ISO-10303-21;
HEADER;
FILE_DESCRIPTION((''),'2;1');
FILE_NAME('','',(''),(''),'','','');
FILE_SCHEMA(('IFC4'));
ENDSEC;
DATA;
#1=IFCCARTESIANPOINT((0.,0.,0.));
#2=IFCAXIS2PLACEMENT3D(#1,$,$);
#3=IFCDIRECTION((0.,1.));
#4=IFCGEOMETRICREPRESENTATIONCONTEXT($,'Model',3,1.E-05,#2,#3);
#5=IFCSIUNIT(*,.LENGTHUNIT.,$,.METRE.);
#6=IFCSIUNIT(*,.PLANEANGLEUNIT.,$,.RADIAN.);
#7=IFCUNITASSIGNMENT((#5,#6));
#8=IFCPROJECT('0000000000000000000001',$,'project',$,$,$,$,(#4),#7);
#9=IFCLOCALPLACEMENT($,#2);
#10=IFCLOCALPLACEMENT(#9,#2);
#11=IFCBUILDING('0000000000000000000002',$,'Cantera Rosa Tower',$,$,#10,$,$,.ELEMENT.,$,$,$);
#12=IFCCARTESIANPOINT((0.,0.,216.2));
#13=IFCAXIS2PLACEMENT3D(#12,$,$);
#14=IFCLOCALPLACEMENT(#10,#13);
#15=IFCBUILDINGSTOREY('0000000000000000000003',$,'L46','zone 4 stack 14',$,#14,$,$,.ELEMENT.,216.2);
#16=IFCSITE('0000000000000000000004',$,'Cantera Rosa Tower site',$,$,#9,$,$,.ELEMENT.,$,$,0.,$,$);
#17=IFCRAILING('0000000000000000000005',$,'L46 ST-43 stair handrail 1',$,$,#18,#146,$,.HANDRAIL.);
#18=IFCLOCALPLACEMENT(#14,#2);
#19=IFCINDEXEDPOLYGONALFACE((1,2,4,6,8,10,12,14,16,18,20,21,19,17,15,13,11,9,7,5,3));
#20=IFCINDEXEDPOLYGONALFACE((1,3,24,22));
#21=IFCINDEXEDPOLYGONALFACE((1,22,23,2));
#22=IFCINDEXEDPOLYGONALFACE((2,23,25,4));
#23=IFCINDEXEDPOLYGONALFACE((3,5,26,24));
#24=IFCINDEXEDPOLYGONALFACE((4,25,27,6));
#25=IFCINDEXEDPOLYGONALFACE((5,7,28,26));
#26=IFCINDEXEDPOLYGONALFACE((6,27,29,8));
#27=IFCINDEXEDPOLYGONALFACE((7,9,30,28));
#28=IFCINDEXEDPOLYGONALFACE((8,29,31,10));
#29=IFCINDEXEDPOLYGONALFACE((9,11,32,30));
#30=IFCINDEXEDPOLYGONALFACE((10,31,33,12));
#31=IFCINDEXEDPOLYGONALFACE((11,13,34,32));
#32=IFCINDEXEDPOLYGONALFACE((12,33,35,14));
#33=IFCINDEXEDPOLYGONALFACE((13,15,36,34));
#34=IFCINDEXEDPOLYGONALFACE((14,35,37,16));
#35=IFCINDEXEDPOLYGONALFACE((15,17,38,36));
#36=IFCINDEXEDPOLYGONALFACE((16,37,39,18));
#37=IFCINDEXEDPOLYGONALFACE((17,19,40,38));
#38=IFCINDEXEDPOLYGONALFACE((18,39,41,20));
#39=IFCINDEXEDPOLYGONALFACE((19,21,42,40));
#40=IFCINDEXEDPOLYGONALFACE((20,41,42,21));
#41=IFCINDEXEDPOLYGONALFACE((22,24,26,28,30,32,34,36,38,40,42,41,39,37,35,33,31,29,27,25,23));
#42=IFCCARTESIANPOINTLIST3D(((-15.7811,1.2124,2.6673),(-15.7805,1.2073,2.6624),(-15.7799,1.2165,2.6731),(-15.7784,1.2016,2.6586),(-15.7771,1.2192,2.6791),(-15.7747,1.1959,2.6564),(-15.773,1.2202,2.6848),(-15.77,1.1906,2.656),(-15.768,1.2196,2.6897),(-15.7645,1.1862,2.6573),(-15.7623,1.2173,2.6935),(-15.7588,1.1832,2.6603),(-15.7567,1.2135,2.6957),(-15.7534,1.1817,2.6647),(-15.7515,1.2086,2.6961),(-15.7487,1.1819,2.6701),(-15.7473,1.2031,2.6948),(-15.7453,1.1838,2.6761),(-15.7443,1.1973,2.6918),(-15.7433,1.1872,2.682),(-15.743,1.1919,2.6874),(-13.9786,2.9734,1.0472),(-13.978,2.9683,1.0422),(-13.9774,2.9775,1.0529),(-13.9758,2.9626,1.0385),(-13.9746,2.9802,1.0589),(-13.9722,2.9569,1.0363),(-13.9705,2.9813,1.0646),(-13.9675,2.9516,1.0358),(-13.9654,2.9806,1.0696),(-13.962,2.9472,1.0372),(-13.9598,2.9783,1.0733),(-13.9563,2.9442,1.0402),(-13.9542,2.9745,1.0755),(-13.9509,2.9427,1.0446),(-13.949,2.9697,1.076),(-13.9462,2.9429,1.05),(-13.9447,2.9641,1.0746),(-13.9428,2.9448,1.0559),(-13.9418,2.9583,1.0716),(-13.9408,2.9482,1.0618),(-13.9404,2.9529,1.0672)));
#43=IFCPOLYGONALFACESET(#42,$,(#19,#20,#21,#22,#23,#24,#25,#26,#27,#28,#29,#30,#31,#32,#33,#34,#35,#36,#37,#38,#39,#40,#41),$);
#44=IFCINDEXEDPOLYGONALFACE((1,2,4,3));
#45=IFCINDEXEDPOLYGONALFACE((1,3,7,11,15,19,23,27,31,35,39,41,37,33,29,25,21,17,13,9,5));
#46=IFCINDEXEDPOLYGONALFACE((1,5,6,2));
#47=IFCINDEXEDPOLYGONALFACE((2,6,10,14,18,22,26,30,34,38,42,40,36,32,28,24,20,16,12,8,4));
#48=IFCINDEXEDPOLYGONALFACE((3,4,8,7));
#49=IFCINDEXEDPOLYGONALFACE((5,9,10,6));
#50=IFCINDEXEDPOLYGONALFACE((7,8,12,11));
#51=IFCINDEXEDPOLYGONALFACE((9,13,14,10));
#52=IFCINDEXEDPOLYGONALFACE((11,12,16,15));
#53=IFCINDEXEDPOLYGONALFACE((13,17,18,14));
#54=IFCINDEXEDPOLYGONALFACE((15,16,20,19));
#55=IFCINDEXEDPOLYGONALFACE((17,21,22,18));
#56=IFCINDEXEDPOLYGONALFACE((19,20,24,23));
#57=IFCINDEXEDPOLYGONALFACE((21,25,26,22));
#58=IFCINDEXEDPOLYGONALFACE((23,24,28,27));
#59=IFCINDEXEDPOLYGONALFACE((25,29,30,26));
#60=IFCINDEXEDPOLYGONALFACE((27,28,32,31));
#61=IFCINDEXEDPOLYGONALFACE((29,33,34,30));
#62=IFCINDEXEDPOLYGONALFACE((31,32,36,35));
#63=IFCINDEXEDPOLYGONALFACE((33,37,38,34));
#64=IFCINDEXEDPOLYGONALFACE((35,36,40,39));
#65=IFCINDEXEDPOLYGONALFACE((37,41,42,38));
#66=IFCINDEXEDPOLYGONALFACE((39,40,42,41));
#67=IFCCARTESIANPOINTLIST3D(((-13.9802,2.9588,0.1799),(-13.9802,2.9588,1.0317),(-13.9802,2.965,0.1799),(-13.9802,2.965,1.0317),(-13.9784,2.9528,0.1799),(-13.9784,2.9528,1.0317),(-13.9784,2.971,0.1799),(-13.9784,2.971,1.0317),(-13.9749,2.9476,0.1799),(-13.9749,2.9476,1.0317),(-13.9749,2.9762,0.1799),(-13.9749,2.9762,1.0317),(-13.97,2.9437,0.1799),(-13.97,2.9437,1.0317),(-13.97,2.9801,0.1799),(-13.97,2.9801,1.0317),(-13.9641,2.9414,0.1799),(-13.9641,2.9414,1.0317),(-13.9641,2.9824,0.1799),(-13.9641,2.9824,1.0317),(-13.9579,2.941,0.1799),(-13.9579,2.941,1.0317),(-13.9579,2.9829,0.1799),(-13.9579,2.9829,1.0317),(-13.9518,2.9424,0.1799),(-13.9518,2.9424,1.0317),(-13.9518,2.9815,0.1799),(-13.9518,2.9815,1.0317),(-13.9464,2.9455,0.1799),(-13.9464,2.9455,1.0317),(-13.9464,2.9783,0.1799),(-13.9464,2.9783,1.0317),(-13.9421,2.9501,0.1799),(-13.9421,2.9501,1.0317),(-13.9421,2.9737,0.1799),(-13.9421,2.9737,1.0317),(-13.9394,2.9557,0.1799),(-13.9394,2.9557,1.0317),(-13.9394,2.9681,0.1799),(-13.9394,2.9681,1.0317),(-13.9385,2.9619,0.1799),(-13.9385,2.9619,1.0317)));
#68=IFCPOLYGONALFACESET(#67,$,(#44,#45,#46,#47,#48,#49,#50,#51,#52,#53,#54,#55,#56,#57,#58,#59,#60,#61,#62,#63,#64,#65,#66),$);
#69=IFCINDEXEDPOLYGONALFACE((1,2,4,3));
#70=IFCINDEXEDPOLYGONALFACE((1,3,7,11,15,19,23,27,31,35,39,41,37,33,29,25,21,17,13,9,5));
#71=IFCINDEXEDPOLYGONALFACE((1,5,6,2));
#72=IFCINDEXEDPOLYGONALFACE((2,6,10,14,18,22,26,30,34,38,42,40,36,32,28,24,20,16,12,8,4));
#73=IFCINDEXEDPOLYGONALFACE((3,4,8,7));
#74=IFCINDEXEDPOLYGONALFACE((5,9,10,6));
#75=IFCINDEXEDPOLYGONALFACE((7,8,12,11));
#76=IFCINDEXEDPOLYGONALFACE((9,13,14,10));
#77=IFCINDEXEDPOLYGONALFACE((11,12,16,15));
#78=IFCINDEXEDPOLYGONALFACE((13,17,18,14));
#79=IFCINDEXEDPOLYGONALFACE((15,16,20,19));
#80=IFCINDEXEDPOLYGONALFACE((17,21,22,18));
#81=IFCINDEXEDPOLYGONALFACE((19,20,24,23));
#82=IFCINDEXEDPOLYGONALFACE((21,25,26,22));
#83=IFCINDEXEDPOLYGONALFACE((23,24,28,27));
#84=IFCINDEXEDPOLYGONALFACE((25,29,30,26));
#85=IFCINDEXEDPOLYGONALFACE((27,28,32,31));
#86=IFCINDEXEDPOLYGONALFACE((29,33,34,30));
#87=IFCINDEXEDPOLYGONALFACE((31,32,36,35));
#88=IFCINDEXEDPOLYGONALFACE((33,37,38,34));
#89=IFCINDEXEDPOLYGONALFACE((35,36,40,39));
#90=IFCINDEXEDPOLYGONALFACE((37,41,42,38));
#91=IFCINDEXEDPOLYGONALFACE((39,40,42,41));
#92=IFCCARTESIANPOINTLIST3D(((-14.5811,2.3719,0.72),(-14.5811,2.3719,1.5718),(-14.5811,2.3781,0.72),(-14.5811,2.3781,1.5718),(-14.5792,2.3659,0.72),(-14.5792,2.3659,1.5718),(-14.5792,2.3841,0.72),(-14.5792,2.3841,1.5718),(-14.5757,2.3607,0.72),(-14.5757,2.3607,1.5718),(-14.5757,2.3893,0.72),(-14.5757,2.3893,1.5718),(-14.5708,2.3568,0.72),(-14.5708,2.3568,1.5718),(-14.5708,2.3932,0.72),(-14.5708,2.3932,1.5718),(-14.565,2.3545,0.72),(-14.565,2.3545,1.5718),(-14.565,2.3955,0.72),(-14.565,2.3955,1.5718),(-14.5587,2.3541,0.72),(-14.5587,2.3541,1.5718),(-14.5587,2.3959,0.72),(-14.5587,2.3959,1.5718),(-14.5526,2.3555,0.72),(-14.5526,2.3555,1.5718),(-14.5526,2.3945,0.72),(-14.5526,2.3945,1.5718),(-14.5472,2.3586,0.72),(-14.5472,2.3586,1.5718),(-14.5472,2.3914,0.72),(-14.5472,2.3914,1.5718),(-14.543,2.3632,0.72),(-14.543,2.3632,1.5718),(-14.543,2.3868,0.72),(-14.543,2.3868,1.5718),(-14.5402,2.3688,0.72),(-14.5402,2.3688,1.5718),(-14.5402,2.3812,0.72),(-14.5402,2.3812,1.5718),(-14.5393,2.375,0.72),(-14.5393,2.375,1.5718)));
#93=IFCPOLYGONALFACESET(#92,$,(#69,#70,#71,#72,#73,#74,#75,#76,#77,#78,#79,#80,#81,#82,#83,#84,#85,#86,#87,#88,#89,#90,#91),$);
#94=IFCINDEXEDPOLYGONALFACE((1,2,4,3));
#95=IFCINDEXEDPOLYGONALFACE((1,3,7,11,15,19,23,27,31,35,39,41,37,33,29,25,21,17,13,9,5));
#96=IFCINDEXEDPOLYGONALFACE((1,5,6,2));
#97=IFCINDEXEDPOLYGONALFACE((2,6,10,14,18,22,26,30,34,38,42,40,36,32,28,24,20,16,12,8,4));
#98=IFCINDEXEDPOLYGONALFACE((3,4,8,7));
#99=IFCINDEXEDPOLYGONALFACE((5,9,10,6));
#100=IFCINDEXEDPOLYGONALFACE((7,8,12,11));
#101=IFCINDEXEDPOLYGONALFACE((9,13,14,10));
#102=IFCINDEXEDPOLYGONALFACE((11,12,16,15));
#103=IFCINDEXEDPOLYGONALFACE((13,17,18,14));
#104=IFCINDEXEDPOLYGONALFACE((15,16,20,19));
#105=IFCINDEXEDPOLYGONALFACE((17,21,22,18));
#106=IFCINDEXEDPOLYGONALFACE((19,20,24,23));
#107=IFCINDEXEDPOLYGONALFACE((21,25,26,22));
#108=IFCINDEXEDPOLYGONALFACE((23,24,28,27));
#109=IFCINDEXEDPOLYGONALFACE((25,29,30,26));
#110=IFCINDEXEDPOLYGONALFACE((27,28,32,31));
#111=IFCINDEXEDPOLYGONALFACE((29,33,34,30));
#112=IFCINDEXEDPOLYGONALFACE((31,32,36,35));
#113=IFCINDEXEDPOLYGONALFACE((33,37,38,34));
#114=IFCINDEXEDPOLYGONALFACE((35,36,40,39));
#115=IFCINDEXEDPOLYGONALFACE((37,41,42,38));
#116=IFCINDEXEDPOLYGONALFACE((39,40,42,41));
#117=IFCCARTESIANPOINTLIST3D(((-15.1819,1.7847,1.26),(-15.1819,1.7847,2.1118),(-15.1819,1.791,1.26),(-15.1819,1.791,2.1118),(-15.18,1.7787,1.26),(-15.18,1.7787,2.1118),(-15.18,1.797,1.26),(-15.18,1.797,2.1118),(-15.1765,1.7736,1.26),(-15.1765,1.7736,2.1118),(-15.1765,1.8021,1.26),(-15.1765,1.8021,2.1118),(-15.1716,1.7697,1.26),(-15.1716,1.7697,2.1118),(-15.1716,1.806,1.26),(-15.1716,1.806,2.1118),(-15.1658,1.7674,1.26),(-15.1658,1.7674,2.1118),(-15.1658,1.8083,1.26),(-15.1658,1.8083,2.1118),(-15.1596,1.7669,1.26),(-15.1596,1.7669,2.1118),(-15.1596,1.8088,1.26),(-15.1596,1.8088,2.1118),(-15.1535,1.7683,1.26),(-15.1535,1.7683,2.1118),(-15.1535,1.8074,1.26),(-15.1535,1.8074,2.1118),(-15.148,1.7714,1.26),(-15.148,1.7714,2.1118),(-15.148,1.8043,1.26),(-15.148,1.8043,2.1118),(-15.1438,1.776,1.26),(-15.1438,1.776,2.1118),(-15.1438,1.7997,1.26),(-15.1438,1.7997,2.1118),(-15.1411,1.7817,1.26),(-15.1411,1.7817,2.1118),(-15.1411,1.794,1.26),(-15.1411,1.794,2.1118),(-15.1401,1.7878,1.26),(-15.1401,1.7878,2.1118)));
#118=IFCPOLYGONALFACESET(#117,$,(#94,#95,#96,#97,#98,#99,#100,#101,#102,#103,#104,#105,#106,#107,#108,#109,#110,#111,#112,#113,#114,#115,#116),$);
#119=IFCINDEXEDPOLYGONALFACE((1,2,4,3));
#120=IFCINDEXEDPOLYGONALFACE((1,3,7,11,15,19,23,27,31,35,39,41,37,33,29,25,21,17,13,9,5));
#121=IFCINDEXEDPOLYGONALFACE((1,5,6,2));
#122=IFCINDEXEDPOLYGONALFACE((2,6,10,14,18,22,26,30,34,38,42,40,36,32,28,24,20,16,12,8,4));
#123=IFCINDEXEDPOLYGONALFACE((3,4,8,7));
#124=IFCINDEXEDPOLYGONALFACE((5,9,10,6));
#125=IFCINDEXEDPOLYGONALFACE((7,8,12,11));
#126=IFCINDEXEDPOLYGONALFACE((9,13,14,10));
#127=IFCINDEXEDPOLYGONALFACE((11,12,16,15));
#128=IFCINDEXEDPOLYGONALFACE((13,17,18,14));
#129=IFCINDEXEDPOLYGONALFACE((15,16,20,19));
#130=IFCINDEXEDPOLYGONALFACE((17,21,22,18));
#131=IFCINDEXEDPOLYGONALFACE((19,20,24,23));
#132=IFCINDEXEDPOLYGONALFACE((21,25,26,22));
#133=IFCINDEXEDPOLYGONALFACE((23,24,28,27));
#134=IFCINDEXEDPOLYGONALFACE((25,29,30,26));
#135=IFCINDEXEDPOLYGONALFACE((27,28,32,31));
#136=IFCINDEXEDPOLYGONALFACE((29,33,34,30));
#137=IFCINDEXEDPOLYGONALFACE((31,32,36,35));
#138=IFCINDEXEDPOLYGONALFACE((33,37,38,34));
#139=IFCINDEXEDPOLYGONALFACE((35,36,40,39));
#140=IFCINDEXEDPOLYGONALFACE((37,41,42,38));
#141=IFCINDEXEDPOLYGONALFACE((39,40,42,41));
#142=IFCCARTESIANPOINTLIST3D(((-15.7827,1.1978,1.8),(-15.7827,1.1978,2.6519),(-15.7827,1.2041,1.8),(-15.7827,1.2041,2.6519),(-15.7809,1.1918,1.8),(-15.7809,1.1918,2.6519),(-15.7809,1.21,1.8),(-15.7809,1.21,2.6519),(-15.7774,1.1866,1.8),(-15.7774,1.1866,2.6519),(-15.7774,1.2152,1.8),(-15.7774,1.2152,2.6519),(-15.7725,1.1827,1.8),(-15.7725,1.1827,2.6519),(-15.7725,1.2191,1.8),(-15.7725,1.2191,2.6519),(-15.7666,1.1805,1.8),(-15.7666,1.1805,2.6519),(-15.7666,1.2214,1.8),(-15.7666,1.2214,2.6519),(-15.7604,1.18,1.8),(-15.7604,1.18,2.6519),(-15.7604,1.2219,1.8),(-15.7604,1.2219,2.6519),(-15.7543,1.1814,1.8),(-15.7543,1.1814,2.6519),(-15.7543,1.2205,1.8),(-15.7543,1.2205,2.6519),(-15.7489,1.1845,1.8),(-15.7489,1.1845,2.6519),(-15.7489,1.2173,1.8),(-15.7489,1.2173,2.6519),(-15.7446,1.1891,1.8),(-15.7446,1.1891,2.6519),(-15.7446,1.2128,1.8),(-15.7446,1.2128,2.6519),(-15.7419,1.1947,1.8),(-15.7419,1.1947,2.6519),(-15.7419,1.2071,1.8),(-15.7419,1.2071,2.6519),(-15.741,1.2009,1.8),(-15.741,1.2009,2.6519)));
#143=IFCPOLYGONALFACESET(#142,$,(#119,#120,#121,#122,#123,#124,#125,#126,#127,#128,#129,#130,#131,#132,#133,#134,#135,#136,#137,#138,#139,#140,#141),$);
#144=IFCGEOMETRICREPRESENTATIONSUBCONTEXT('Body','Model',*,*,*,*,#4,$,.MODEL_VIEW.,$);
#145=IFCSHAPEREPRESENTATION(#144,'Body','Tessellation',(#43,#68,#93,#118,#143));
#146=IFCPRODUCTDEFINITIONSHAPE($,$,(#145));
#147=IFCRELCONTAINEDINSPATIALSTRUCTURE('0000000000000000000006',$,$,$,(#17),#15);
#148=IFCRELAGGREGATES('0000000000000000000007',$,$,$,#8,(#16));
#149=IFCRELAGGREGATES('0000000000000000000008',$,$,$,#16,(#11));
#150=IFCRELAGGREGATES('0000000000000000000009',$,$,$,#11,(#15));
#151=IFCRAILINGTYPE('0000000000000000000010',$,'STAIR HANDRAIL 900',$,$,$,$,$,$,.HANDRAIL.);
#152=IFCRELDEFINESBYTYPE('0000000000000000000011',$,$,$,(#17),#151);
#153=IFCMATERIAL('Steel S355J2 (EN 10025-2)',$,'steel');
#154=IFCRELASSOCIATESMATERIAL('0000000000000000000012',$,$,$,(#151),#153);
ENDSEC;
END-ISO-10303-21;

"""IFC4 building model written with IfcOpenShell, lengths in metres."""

from ifc_helpers import new_model, si_unit, direction, frame, origin, origin_2d, place, context, subcontext, project, spatial, circle, extrude, material, type_object, element, save


model = new_model("IFC4")

# Units and contexts
model_context = context("Model", 3, precision=1e-05, world=origin(), true_north=direction((0.0, 1.0)))
body_context = subcontext(model_context, "Body", "Model", "MODEL_VIEW")
ifc_project = project(units=[si_unit("LENGTHUNIT", "METRE"), si_unit("PLANEANGLEUNIT", "RADIAN")], contexts=[model_context])

# Site, building, storey
site_placement = place(None, origin())
site = spatial("IfcSite", under=ifc_project, at=site_placement, Name="Cantera Rosa Tower site", CompositionType="ELEMENT", RefElevation=0.0)
building_placement = place(site_placement, origin())
building = spatial("IfcBuilding", under=site, at=building_placement, Name="Cantera Rosa Tower", CompositionType="ELEMENT")
storey_placement = place(building_placement, frame((0.0, 0.0, 216.2)))
storey = spatial("IfcBuildingStorey", under=building, at=storey_placement, Name="L46", Description="zone 4 stack 14", CompositionType="ELEMENT", Elevation=216.2)

# Railing
ifc_material_1 = material(Name="Steel S355J2 (EN 10025-2)", Category="steel")
railing_type_1 = type_object("IfcRailingType", Name="STAIR HANDRAIL 900", PredefinedType="HANDRAIL", material=ifc_material_1)
railing_1_placement = place(storey_placement, frame((-13.9595, 2.9619, 0.1799)))
element("IfcRailing", 1, at=railing_1_placement, inside=storey, type_object=railing_type_1, Name="L46 ST-43 stair handrail 1", PredefinedType="HANDRAIL", context=body_context, shape_type="SweptSolid", body=[
    extrude(circle(Radius=0.0239, at=origin_2d()), frame((0.0, 0.0, 0.876), z_axis=(-0.601672, -0.587818, 0.540796), x_axis=(0.698824, -0.715294, 0.0)), (0.0, 0.0, 1.0), 2.9958),
    extrude(circle(Radius=0.021, at=origin_2d()), origin(), (0.0, 0.0, 1.0), 0.8518),
    extrude(circle(Radius=0.021, at=origin_2d()), frame((-0.6008, -0.5869, 0.54)), (0.0, 0.0, 1.0), 0.8518),
    extrude(circle(Radius=0.021, at=origin_2d()), frame((-1.2017, -1.1741, 1.0801)), (0.0, 0.0, 1.0), 0.8518),
    extrude(circle(Radius=0.021, at=origin_2d()), frame((-1.8025, -1.761, 1.6201)), (0.0, 0.0, 1.0), 0.8518),
])

save(model, "model.ifc")
